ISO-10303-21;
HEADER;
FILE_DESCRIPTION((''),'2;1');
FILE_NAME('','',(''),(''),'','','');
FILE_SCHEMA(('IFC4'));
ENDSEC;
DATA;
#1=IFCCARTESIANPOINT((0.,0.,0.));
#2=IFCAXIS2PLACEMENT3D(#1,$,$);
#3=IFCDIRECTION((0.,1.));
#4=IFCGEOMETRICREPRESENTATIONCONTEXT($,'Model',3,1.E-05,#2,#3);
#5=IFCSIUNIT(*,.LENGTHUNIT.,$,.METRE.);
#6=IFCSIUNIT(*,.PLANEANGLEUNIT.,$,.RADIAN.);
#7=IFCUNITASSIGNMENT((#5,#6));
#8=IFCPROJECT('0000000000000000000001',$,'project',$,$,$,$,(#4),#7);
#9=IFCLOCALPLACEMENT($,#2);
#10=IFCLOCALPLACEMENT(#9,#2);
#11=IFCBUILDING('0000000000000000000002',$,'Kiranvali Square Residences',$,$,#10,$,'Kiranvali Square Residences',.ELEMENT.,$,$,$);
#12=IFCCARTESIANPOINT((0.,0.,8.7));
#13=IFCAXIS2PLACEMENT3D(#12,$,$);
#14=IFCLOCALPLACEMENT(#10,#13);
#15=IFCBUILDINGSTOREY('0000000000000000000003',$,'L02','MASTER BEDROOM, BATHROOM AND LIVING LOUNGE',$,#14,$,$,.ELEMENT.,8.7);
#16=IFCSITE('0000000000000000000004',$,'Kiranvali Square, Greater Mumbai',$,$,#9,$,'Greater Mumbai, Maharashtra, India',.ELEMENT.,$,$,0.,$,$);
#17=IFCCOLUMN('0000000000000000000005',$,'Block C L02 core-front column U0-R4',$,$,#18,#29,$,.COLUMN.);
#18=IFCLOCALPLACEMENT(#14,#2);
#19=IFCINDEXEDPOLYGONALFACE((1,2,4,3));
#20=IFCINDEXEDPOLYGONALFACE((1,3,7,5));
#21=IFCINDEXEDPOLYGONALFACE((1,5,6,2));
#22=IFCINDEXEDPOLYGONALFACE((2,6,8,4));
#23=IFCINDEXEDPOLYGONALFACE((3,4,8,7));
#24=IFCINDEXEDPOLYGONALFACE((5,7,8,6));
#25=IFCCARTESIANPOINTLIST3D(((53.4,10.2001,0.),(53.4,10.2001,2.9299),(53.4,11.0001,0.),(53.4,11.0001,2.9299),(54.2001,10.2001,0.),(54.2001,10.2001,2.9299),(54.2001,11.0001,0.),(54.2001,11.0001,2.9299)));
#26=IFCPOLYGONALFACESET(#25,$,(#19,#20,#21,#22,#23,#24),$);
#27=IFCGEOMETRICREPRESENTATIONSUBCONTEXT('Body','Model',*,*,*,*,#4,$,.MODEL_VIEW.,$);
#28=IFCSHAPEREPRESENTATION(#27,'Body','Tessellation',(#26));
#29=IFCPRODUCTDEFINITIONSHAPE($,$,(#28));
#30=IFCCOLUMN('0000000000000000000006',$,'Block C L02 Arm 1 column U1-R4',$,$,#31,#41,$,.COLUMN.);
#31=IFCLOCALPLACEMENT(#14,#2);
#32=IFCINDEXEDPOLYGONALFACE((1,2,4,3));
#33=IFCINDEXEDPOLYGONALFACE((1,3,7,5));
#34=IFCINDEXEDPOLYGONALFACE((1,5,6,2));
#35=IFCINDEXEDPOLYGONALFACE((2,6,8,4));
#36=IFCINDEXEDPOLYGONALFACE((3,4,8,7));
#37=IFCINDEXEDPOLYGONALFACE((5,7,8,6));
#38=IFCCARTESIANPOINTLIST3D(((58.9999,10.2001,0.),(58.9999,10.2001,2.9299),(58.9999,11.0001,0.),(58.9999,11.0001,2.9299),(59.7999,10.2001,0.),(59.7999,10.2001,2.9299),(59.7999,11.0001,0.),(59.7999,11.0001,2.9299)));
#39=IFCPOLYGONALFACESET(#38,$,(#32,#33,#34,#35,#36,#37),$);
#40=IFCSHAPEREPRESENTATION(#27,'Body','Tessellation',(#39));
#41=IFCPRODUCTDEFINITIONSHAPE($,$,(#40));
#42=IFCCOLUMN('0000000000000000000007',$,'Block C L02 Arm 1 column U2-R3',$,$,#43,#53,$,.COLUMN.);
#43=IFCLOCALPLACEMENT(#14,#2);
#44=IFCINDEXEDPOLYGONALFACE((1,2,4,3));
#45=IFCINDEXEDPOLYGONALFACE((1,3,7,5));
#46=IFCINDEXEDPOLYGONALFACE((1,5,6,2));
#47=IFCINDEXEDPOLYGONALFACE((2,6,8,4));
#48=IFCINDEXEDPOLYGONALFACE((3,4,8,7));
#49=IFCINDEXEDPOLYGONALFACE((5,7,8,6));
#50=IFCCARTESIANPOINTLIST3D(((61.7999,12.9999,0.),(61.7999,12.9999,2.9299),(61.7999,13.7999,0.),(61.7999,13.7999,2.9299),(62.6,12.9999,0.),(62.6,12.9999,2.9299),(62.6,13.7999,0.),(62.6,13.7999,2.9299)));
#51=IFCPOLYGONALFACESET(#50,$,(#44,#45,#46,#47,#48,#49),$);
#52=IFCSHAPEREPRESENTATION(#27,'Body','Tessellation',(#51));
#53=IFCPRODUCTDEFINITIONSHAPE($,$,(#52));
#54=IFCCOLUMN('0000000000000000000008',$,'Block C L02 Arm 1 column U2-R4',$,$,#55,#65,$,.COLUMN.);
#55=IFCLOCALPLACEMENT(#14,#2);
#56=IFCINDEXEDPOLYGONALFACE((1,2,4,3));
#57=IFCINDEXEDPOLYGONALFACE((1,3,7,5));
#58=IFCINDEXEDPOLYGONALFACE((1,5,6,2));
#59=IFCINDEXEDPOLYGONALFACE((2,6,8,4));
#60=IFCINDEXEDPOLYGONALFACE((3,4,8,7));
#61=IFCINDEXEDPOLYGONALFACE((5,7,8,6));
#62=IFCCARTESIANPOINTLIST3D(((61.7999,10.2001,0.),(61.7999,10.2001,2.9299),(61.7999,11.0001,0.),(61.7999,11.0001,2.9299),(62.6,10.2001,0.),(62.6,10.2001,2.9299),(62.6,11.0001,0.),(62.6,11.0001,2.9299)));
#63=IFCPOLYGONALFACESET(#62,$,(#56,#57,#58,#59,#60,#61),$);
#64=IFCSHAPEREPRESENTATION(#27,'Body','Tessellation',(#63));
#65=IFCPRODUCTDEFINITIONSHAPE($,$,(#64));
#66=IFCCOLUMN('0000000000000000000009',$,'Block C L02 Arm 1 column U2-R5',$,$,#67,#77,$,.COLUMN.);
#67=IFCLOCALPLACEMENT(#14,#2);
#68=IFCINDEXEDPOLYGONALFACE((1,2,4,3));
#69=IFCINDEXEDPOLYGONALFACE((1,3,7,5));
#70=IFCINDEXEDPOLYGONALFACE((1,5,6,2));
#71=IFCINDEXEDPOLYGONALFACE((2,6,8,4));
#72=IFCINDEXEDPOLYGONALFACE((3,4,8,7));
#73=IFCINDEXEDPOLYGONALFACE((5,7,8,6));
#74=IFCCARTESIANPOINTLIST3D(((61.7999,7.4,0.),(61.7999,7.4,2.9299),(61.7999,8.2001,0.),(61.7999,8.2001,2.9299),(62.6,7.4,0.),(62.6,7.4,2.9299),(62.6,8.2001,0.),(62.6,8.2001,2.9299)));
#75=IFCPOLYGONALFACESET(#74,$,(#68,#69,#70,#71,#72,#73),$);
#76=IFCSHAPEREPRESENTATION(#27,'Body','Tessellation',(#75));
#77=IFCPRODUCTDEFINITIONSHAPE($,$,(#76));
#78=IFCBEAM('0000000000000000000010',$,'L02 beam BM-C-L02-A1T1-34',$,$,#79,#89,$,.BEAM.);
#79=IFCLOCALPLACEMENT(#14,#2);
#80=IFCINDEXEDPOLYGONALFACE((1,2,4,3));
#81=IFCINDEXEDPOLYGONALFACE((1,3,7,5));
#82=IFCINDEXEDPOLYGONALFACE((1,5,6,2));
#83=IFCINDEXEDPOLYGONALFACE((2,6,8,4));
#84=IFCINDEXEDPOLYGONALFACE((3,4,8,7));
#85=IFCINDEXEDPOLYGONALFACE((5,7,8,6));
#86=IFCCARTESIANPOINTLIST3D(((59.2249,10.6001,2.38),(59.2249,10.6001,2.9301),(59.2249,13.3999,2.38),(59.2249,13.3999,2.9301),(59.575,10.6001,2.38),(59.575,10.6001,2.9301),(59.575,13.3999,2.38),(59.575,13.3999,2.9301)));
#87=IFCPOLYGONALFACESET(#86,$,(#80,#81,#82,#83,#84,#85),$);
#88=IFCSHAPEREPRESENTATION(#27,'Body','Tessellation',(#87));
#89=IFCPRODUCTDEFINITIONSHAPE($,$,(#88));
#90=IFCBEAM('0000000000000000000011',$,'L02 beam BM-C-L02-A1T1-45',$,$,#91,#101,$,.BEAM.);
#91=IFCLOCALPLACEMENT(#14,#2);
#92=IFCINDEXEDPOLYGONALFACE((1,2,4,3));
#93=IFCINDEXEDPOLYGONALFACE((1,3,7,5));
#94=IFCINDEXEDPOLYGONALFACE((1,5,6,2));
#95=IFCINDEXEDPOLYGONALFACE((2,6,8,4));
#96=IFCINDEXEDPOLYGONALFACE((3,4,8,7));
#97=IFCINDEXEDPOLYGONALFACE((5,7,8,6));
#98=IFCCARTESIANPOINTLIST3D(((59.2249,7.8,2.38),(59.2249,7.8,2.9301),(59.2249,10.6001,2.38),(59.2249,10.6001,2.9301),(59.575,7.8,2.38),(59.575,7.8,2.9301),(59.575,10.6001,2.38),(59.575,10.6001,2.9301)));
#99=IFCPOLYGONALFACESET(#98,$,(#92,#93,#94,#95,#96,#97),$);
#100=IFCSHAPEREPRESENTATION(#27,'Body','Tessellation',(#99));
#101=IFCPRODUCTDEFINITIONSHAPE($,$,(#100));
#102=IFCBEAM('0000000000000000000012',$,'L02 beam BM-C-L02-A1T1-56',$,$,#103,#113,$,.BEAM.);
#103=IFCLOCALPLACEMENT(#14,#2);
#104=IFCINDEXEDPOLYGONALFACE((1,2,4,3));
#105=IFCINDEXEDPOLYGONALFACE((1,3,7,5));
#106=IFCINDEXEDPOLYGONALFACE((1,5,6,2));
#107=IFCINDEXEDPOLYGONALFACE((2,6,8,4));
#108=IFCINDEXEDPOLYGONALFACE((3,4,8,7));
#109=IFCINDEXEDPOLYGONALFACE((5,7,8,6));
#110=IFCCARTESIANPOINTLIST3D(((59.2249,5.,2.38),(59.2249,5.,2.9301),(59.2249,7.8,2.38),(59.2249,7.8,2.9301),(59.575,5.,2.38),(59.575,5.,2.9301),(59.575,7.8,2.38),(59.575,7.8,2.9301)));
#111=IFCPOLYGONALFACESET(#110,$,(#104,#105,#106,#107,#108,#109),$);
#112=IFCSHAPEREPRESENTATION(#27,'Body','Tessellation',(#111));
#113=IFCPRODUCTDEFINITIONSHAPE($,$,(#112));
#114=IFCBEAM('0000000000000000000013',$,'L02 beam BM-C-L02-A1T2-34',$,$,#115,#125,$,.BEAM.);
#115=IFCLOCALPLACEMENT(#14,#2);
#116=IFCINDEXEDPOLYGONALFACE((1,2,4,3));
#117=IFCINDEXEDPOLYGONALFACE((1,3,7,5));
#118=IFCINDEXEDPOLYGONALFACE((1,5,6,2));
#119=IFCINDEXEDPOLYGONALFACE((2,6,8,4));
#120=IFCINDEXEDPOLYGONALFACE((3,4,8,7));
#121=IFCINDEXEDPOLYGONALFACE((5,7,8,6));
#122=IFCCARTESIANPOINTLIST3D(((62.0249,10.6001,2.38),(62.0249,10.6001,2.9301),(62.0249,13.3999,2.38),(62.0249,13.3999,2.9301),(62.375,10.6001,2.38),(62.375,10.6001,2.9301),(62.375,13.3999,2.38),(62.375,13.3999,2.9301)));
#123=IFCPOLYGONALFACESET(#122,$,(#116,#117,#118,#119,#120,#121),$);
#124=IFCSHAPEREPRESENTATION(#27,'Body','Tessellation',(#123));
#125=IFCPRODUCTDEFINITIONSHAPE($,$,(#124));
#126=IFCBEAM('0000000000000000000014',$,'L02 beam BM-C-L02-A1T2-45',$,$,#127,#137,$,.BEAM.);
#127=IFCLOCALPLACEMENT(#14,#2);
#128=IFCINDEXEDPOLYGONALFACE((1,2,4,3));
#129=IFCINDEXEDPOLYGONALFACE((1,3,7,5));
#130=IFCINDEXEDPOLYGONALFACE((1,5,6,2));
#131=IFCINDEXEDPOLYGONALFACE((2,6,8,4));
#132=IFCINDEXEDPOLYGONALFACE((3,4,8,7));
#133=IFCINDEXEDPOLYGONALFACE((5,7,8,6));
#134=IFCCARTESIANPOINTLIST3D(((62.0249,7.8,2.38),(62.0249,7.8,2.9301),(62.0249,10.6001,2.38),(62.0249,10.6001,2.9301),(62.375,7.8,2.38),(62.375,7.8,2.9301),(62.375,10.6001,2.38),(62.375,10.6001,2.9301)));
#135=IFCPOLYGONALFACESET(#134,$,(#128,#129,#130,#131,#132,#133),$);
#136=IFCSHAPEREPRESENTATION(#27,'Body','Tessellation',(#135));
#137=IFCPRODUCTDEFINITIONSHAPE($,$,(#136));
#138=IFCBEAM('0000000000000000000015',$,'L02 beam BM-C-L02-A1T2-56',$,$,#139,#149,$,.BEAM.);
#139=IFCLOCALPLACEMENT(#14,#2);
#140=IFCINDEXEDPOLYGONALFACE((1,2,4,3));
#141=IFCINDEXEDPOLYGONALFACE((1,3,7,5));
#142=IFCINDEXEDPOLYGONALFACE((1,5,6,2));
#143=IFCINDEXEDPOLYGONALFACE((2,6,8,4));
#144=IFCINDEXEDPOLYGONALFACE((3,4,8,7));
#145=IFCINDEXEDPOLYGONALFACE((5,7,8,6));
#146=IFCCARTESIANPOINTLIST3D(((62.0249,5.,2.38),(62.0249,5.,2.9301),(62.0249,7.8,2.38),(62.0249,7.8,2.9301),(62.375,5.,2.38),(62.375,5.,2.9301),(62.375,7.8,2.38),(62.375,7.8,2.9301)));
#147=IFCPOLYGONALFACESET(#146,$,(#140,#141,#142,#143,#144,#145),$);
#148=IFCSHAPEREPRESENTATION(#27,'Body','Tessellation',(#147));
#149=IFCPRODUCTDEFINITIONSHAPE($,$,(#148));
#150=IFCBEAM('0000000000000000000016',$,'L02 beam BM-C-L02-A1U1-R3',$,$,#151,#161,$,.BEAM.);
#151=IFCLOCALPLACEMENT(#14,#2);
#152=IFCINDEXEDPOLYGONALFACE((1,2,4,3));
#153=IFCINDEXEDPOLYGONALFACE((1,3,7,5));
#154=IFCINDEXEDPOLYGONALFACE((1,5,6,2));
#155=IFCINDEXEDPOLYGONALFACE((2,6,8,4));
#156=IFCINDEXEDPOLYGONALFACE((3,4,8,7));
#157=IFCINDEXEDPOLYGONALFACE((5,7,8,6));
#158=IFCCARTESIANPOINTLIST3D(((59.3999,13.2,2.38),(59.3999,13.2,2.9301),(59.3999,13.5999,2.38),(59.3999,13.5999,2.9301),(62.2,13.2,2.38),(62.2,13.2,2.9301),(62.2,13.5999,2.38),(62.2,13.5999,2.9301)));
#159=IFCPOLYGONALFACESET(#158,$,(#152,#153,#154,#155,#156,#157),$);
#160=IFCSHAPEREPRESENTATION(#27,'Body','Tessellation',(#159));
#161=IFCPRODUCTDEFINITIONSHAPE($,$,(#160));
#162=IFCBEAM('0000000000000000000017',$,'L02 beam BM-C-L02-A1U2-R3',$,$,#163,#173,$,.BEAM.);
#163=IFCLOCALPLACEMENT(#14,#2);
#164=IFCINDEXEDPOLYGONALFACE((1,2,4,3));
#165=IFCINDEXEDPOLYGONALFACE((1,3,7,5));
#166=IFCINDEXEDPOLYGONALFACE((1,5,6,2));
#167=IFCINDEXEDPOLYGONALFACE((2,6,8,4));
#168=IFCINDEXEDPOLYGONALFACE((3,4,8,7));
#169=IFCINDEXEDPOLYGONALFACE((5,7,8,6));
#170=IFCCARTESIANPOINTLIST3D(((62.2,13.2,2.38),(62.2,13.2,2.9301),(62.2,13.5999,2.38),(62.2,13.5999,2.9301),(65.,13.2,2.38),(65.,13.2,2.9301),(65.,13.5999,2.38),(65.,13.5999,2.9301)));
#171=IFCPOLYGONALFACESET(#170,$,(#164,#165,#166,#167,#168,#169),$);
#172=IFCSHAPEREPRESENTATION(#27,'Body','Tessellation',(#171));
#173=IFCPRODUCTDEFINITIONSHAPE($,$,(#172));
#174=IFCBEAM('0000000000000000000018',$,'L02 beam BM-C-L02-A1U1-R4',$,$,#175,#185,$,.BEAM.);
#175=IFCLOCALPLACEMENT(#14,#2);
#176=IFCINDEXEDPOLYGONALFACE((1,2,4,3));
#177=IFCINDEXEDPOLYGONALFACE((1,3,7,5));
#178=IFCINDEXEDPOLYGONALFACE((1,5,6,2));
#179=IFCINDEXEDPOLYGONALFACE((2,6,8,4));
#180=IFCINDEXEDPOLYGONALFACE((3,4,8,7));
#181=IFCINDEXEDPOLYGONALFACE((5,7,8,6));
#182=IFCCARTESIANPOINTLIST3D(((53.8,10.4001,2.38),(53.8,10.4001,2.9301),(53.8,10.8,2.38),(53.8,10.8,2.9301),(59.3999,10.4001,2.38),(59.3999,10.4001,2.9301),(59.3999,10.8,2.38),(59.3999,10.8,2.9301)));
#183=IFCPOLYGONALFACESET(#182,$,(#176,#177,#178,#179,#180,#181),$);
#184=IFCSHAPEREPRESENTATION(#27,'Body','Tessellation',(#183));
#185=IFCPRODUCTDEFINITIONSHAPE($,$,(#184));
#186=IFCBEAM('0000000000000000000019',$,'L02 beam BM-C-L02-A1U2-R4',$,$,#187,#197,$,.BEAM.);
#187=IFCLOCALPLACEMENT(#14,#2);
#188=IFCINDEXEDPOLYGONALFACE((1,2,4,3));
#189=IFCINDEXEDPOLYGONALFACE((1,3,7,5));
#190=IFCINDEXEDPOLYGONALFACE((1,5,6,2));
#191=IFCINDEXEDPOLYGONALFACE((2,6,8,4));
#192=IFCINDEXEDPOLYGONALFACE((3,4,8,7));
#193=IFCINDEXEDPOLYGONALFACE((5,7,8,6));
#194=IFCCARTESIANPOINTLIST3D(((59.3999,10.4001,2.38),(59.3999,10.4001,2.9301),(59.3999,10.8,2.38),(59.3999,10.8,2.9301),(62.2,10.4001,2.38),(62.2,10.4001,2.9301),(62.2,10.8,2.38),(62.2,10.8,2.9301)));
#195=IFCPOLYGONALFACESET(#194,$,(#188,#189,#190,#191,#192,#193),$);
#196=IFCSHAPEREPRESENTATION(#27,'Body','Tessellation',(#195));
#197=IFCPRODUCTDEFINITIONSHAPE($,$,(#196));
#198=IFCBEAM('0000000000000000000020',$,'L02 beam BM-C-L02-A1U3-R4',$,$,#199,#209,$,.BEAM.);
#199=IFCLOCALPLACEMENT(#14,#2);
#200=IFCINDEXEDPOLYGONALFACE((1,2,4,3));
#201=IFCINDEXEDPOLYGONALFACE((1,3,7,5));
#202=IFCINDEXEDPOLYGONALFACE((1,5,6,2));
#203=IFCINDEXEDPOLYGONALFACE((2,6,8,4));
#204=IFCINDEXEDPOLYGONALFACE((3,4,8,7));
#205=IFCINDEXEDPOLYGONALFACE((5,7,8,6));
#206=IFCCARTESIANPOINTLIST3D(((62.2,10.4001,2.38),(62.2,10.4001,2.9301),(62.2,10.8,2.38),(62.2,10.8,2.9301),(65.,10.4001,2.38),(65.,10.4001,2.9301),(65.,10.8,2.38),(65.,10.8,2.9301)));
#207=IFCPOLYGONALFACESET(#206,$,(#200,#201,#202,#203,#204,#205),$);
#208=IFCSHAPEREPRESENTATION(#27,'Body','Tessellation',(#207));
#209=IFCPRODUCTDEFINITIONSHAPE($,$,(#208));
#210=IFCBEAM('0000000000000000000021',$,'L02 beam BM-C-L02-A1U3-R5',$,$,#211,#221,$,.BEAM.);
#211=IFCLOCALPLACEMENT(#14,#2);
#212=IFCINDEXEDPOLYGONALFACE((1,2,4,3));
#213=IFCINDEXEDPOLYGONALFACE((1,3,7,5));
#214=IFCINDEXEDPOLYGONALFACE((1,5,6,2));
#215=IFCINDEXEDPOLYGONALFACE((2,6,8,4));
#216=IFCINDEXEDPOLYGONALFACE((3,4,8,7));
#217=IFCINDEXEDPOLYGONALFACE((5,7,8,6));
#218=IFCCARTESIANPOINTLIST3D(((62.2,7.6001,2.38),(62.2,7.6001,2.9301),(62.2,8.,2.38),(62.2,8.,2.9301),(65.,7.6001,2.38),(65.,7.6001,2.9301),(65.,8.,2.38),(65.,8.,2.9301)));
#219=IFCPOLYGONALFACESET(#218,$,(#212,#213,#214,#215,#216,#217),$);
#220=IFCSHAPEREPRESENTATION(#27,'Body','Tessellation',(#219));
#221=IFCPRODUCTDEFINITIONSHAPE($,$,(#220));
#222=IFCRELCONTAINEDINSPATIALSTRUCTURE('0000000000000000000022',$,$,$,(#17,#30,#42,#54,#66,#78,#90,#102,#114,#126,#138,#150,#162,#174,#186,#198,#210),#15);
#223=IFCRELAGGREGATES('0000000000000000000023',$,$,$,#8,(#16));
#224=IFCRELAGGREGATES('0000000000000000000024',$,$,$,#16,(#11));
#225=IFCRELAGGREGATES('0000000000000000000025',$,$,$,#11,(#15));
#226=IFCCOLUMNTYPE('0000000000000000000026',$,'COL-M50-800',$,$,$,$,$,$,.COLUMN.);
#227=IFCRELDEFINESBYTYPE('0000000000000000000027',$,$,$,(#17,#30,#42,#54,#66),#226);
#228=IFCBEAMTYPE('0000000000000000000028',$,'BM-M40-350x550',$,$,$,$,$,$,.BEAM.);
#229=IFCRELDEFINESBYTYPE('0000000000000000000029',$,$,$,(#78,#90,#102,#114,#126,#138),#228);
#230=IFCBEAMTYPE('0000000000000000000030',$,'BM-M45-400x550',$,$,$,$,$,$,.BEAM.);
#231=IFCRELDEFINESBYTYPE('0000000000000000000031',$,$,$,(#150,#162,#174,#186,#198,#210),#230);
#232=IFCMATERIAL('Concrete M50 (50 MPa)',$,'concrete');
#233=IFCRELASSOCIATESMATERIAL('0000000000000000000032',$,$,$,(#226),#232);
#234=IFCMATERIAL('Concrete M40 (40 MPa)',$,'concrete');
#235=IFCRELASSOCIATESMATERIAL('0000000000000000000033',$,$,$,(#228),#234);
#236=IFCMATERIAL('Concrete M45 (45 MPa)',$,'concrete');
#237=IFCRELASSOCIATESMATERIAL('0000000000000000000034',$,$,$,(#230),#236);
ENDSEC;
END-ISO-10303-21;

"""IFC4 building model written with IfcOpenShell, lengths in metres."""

from ifc_helpers import new_model, si_unit, direction, frame, origin, origin_2d, place, context, subcontext, project, spatial, rectangle, extrude, material, material_profile, profile_set, type_object, element, save


model = new_model("IFC4")

# Units and contexts
model_context = context("Model", 3, precision=1e-05, world=origin(), true_north=direction((0.0, 1.0)))
body_context = subcontext(model_context, "Body", "Model", "MODEL_VIEW")
ifc_project = project(units=[si_unit("LENGTHUNIT", "METRE"), si_unit("PLANEANGLEUNIT", "RADIAN")], contexts=[model_context])

# Site, building, storey
site_placement = place(None, origin())
site = spatial("IfcSite", under=ifc_project, at=site_placement, Name="Kiranvali Square, Greater Mumbai", LongName="Greater Mumbai, Maharashtra, India", CompositionType="ELEMENT", RefElevation=0.0)
building_placement = place(site_placement, origin())
building = spatial("IfcBuilding", under=site, at=building_placement, Name="Kiranvali Square Residences", LongName="Kiranvali Square Residences", CompositionType="ELEMENT")
storey_placement = place(building_placement, frame((0.0, 0.0, 8.7)))
storey = spatial("IfcBuildingStorey", under=building, at=storey_placement, Name="L02", Description="MASTER BEDROOM, BATHROOM AND LIVING LOUNGE", CompositionType="ELEMENT", Elevation=8.7)

# Columns
ifc_material_1 = material(Name="Concrete M50 (50 MPa)", Category="concrete")
ifc_material_profile_1 = material_profile(ifc_material_1, rectangle(XDim=0.8, YDim=0.8, at=origin_2d()), Name="RC 800x800")
ifc_profile_set_1 = profile_set([ifc_material_profile_1], Name="Concrete M50 (50 MPa)")
column_type = type_object("IfcColumnType", Name="COL-M50-800", PredefinedType="COLUMN", material=ifc_profile_set_1)
for number, where, z_axis, x_axis, name in (
    (1, (53.8, 10.6001, 0.0), (0.0, 0.0, 1.0), (1.0, 0.0, 0.0), "Block C L02 core-front column U0-R4"),
    (2, (59.3999, 10.6001, 0.0), (0.0, 0.0, 1.0), (1.0, 0.0, 0.0), "Block C L02 Arm 1 column U1-R4"),
    (3, (62.2, 13.3999, 0.0), (0.0, 0.0, 1.0), (1.0, 0.0, 0.0), "Block C L02 Arm 1 column U2-R3"),
    (4, (62.2, 10.6001, 0.0), (0.0, 0.0, 1.0), (1.0, 0.0, 0.0), "Block C L02 Arm 1 column U2-R4"),
    (5, (62.2, 7.8, 0.0), (0.0, 0.0, 1.0), (1.0, 0.0, 0.0), "Block C L02 Arm 1 column U2-R5"),
):
    element("IfcColumn", number, at=place(storey_placement, frame(where, z_axis=z_axis, x_axis=x_axis)), inside=storey, type_object=column_type, Name=name, PredefinedType="COLUMN", context=body_context, shape_type="SweptSolid", body=[
        extrude(rectangle(XDim=0.8, YDim=0.8, at=origin_2d()), origin(), (0.0, 0.0, 1.0), 2.9299),
    ])

# Beams
ifc_material_2 = material(Name="Concrete M40 (40 MPa)", Category="concrete")
ifc_material_profile_2 = material_profile(ifc_material_2, rectangle(XDim=0.3501, YDim=0.55, at=origin_2d()), Name="RC 350x550")
ifc_profile_set_2 = profile_set([ifc_material_profile_2], Name="Concrete M40 (40 MPa)")
beam_type_1 = type_object("IfcBeamType", Name="BM-M40-350x550", PredefinedType="BEAM", material=ifc_profile_set_2)
beam_1_placement = place(storey_placement, frame((59.3999, 13.3999, 2.655), z_axis=(0.0, -1.0, 0.0), x_axis=(1.0, 0.0, 0.0)))
element("IfcBeam", 6, at=beam_1_placement, inside=storey, type_object=beam_type_1, Name="L02 beam BM-C-L02-A1T1-34", PredefinedType="BEAM", context=body_context, shape_type="SweptSolid", body=[
    extrude(rectangle(XDim=0.3501, YDim=0.55, at=origin_2d()), origin(), (0.0, 0.0, 1.0), 2.7998),
])
for number, where, z_axis, x_axis, name in (
    (7, (59.3999, 10.6001, 2.655), (0.0, -1.0, 0.0), (1.0, 0.0, 0.0), "L02 beam BM-C-L02-A1T1-45"),
    (8, (59.3999, 7.8, 2.655), (0.0, -1.0, 0.0), (1.0, 0.0, 0.0), "L02 beam BM-C-L02-A1T1-56"),
):
    element("IfcBeam", number, at=place(storey_placement, frame(where, z_axis=z_axis, x_axis=x_axis)), inside=storey, type_object=beam_type_1, Name=name, PredefinedType="BEAM", context=body_context, shape_type="SweptSolid", body=[
        extrude(rectangle(XDim=0.3501, YDim=0.55, at=origin_2d()), origin(), (0.0, 0.0, 1.0), 2.8),
    ])
beam_2_placement = place(storey_placement, frame((62.2, 13.3999, 2.655), z_axis=(0.0, -1.0, 0.0), x_axis=(1.0, 0.0, 0.0)))
element("IfcBeam", 9, at=beam_2_placement, inside=storey, type_object=beam_type_1, Name="L02 beam BM-C-L02-A1T2-34", PredefinedType="BEAM", context=body_context, shape_type="SweptSolid", body=[
    extrude(rectangle(XDim=0.3501, YDim=0.55, at=origin_2d()), origin(), (0.0, 0.0, 1.0), 2.7998),
])
for number, where, z_axis, x_axis, name in (
    (10, (62.2, 10.6001, 2.655), (0.0, -1.0, 0.0), (1.0, 0.0, 0.0), "L02 beam BM-C-L02-A1T2-45"),
    (11, (62.2, 7.8, 2.655), (0.0, -1.0, 0.0), (1.0, 0.0, 0.0), "L02 beam BM-C-L02-A1T2-56"),
):
    element("IfcBeam", number, at=place(storey_placement, frame(where, z_axis=z_axis, x_axis=x_axis)), inside=storey, type_object=beam_type_1, Name=name, PredefinedType="BEAM", context=body_context, shape_type="SweptSolid", body=[
        extrude(rectangle(XDim=0.3501, YDim=0.55, at=origin_2d()), origin(), (0.0, 0.0, 1.0), 2.8),
    ])
ifc_material_3 = material(Name="Concrete M45 (45 MPa)", Category="concrete")
ifc_material_profile_3 = material_profile(ifc_material_3, rectangle(XDim=0.3999, YDim=0.55, at=origin_2d()), Name="RC 400x550")
ifc_profile_set_3 = profile_set([ifc_material_profile_3], Name="Concrete M45 (45 MPa)")
beam_type_2 = type_object("IfcBeamType", Name="BM-M45-400x550", PredefinedType="BEAM", material=ifc_profile_set_3)
for number, where, z_axis, x_axis, name in (
    (12, (59.3999, 13.3999, 2.655), (1.0, 0.0, 0.0), (0.0, 1.0, 0.0), "L02 beam BM-C-L02-A1U1-R3"),
    (13, (62.2, 13.3999, 2.655), (1.0, 0.0, 0.0), (0.0, 1.0, 0.0), "L02 beam BM-C-L02-A1U2-R3"),
):
    element("IfcBeam", number, at=place(storey_placement, frame(where, z_axis=z_axis, x_axis=x_axis)), inside=storey, type_object=beam_type_2, Name=name, PredefinedType="BEAM", context=body_context, shape_type="SweptSolid", body=[
        extrude(rectangle(XDim=0.3999, YDim=0.55, at=origin_2d()), origin(), (0.0, 0.0, 1.0), 2.8),
    ])
beam_3_placement = place(storey_placement, frame((53.8, 10.6001, 2.655), z_axis=(1.0, 0.0, 0.0), x_axis=(0.0, 1.0, 0.0)))
element("IfcBeam", 14, at=beam_3_placement, inside=storey, type_object=beam_type_2, Name="L02 beam BM-C-L02-A1U1-R4", PredefinedType="BEAM", context=body_context, shape_type="SweptSolid", body=[
    extrude(rectangle(XDim=0.3999, YDim=0.55, at=origin_2d()), origin(), (0.0, 0.0, 1.0), 5.5999),
])
for number, where, z_axis, x_axis, name in (
    (15, (59.3999, 10.6001, 2.655), (1.0, 0.0, 0.0), (0.0, 1.0, 0.0), "L02 beam BM-C-L02-A1U2-R4"),
    (16, (62.2, 10.6001, 2.655), (1.0, 0.0, 0.0), (0.0, 1.0, 0.0), "L02 beam BM-C-L02-A1U3-R4"),
    (17, (62.2, 7.8, 2.655), (1.0, 0.0, 0.0), (0.0, 1.0, 0.0), "L02 beam BM-C-L02-A1U3-R5"),
):
    element("IfcBeam", number, at=place(storey_placement, frame(where, z_axis=z_axis, x_axis=x_axis)), inside=storey, type_object=beam_type_2, Name=name, PredefinedType="BEAM", context=body_context, shape_type="SweptSolid", body=[
        extrude(rectangle(XDim=0.3999, YDim=0.55, at=origin_2d()), origin(), (0.0, 0.0, 1.0), 2.8),
    ])

save(model, "model.ifc")
